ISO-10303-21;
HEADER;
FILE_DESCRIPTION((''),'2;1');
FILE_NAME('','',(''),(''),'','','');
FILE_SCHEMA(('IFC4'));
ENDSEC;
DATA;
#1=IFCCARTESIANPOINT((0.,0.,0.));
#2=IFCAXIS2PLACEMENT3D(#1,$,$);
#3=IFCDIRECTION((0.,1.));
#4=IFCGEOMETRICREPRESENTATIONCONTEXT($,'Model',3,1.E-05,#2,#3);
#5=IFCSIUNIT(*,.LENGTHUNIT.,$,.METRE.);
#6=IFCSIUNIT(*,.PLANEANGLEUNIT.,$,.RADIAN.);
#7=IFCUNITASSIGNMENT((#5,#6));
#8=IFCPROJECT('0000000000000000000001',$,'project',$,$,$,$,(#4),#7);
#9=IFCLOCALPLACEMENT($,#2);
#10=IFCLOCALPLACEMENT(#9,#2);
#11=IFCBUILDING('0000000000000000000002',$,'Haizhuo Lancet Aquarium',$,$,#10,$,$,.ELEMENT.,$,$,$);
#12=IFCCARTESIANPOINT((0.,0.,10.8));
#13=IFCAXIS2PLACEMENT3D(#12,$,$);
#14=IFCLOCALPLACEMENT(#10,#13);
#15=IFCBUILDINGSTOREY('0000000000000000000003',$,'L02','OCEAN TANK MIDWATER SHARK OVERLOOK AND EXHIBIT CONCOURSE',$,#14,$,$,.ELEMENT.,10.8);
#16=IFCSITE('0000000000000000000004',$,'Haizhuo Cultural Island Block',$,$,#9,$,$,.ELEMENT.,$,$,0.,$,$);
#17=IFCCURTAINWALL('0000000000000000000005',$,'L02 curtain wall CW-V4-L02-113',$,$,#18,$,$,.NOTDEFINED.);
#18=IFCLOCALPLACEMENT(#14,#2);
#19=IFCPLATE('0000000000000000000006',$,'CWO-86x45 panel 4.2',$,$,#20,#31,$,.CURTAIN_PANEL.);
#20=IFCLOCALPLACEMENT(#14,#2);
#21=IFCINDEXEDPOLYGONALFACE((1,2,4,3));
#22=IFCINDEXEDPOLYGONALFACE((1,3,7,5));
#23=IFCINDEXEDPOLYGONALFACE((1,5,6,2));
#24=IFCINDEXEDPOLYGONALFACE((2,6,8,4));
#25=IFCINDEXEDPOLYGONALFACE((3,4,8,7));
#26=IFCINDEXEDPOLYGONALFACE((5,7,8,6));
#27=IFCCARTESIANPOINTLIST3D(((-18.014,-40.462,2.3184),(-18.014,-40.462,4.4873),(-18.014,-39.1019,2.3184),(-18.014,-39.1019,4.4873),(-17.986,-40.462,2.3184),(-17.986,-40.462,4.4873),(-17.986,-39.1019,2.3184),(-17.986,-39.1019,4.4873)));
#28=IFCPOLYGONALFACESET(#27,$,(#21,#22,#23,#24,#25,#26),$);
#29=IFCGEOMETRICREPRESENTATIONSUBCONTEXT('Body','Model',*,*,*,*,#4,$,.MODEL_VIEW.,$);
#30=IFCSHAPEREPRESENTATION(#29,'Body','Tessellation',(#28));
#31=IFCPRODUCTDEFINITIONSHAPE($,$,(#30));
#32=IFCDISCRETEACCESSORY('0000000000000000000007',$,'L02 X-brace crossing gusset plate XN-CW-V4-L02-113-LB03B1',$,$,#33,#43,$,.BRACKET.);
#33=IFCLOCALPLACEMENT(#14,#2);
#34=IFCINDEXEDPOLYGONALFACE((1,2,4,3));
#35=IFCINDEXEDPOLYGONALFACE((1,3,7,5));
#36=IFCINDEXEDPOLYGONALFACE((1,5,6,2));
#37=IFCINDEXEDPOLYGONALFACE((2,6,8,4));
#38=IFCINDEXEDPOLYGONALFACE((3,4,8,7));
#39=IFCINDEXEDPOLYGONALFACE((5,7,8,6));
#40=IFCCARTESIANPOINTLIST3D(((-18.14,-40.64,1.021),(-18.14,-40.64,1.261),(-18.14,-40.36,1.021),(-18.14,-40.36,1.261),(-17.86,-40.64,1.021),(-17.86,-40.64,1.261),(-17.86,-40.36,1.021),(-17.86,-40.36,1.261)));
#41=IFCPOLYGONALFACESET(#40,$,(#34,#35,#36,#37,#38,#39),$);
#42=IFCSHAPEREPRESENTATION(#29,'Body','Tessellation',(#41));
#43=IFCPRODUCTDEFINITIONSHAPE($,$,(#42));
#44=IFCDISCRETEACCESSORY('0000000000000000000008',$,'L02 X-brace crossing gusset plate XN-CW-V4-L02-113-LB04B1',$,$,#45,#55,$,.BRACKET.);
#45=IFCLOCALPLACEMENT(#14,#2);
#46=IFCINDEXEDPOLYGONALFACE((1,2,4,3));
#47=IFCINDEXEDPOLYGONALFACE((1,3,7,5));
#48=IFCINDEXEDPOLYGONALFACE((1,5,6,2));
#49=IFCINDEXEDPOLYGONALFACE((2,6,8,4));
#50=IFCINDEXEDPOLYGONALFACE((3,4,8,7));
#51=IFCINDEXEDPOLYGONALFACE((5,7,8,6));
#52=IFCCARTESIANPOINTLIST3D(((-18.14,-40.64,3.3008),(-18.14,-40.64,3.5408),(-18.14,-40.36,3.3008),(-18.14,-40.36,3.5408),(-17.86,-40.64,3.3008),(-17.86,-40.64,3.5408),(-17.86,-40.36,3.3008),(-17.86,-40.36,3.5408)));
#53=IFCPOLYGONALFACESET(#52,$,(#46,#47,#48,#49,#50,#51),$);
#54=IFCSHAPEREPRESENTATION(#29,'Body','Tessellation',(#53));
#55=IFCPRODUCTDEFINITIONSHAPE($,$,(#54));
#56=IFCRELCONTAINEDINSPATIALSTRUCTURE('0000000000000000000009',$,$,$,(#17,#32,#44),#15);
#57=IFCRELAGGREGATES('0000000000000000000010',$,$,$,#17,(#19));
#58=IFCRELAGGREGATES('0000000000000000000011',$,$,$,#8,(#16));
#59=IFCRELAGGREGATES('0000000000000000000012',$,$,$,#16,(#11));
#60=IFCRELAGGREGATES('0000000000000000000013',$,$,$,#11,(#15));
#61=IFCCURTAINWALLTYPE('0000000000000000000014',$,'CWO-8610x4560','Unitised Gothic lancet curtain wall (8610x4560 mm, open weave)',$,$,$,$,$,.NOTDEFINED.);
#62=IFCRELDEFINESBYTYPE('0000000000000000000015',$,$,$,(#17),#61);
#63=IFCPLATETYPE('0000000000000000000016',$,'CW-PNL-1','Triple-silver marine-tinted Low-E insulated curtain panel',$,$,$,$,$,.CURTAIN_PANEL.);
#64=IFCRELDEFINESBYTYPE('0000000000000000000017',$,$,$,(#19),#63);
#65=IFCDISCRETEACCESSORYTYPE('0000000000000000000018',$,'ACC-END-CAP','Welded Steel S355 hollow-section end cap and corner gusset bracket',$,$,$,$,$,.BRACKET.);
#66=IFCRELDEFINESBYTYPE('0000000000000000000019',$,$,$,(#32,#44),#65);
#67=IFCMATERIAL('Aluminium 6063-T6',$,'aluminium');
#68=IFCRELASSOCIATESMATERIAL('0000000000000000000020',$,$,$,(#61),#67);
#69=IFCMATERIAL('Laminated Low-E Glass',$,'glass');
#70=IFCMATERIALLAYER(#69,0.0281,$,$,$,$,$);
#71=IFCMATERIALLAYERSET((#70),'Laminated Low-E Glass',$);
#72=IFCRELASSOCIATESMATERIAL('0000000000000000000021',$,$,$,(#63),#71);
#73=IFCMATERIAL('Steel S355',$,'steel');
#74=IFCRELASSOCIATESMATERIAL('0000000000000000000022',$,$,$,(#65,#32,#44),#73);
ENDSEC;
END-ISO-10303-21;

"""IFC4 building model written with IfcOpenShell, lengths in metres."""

from ifc_helpers import new_model, si_unit, direction, frame, origin, origin_2d, place, context, subcontext, project, spatial, rectangle, extrude, material, layer, layer_set, type_object, element, aggregate, save


model = new_model("IFC4")

# Units and contexts
model_context = context("Model", 3, precision=1e-05, world=origin(), true_north=direction((0.0, 1.0)))
body_context = subcontext(model_context, "Body", "Model", "MODEL_VIEW")
ifc_project = project(units=[si_unit("LENGTHUNIT", "METRE"), si_unit("PLANEANGLEUNIT", "RADIAN")], contexts=[model_context])

# Site, building, storey
site_placement = place(None, origin())
site = spatial("IfcSite", under=ifc_project, at=site_placement, Name="Haizhuo Cultural Island Block", CompositionType="ELEMENT", RefElevation=0.0)
building_placement = place(site_placement, origin())
building = spatial("IfcBuilding", under=site, at=building_placement, Name="Haizhuo Lancet Aquarium", CompositionType="ELEMENT")
storey_placement = place(building_placement, frame((0.0, 0.0, 10.8)))
storey = spatial("IfcBuildingStorey", under=building, at=storey_placement, Name="L02", Description="OCEAN TANK MIDWATER SHARK OVERLOOK AND EXHIBIT CONCOURSE", CompositionType="ELEMENT", Elevation=10.8)

# Curtain wall
ifc_material_1 = material(Name="Aluminium 6063-T6", Category="aluminium")
curtain_wall_type = type_object("IfcCurtainWallType", Name="CWO-8610x4560", Description="Unitised Gothic lancet curtain wall (8610x4560 mm, open weave)", PredefinedType="NOTDEFINED", material=ifc_material_1)
curtain_wall_placement = place(storey_placement, origin())
curtain_wall = element("IfcCurtainWall", 1, at=curtain_wall_placement, inside=storey, type_object=curtain_wall_type, Name="L02 curtain wall CW-V4-L02-113", PredefinedType="NOTDEFINED")

# Shared definitions
ifc_material_2 = material(Name="Steel S355", Category="steel")

# Plate
ifc_material_3 = material(Name="Laminated Low-E Glass", Category="glass")
ifc_layer = layer(ifc_material_3, 0.0281)
ifc_layer_set = layer_set([ifc_layer], Name="Laminated Low-E Glass")
plate_type = type_object("IfcPlateType", Name="CW-PNL-1", Description="Triple-silver marine-tinted Low-E insulated curtain panel", PredefinedType="CURTAIN_PANEL", material=ifc_layer_set)
plate_1_placement = place(storey_placement, frame((-18.0, -39.782, 2.3184), z_axis=(0.0, 0.0, 1.0), x_axis=(0.0, 1.0, 0.0)))
plate_1 = element("IfcPlate", 2, at=plate_1_placement, type_object=plate_type, Name="CWO-86x45 panel 4.2", PredefinedType="CURTAIN_PANEL", context=body_context, shape_type="SweptSolid", body=[
    extrude(rectangle(XDim=1.3601, YDim=0.0281, at=origin_2d()), origin(), (0.0, 0.0, 1.0), 2.1689),
])
aggregate(curtain_wall, [plate_1])

# Discrete accessories
discrete_accessory_type = type_object("IfcDiscreteAccessoryType", Name="ACC-END-CAP", Description="Welded Steel S355 hollow-section end cap and corner gusset bracket", PredefinedType="BRACKET", material=ifc_material_2)
for number, where, z_axis, x_axis, name in (
    (3, (-18.0, -40.5, 1.021), (0.0, 0.0, 1.0), (1.0, 0.0, 0.0), "L02 X-brace crossing gusset plate XN-CW-V4-L02-113-LB03B1"),
    (4, (-18.0, -40.5, 3.3008), (0.0, 0.0, 1.0), (1.0, 0.0, 0.0), "L02 X-brace crossing gusset plate XN-CW-V4-L02-113-LB04B1"),
):
    element("IfcDiscreteAccessory", number, at=place(storey_placement, frame(where, z_axis=z_axis, x_axis=x_axis)), inside=storey, type_object=discrete_accessory_type, material=ifc_material_2, Name=name, PredefinedType="BRACKET", context=body_context, shape_type="SweptSolid", body=[
        extrude(rectangle(XDim=0.28, YDim=0.28, at=origin_2d()), origin(), (0.0, 0.0, 1.0), 0.24),
    ])

save(model, "model.ifc")
